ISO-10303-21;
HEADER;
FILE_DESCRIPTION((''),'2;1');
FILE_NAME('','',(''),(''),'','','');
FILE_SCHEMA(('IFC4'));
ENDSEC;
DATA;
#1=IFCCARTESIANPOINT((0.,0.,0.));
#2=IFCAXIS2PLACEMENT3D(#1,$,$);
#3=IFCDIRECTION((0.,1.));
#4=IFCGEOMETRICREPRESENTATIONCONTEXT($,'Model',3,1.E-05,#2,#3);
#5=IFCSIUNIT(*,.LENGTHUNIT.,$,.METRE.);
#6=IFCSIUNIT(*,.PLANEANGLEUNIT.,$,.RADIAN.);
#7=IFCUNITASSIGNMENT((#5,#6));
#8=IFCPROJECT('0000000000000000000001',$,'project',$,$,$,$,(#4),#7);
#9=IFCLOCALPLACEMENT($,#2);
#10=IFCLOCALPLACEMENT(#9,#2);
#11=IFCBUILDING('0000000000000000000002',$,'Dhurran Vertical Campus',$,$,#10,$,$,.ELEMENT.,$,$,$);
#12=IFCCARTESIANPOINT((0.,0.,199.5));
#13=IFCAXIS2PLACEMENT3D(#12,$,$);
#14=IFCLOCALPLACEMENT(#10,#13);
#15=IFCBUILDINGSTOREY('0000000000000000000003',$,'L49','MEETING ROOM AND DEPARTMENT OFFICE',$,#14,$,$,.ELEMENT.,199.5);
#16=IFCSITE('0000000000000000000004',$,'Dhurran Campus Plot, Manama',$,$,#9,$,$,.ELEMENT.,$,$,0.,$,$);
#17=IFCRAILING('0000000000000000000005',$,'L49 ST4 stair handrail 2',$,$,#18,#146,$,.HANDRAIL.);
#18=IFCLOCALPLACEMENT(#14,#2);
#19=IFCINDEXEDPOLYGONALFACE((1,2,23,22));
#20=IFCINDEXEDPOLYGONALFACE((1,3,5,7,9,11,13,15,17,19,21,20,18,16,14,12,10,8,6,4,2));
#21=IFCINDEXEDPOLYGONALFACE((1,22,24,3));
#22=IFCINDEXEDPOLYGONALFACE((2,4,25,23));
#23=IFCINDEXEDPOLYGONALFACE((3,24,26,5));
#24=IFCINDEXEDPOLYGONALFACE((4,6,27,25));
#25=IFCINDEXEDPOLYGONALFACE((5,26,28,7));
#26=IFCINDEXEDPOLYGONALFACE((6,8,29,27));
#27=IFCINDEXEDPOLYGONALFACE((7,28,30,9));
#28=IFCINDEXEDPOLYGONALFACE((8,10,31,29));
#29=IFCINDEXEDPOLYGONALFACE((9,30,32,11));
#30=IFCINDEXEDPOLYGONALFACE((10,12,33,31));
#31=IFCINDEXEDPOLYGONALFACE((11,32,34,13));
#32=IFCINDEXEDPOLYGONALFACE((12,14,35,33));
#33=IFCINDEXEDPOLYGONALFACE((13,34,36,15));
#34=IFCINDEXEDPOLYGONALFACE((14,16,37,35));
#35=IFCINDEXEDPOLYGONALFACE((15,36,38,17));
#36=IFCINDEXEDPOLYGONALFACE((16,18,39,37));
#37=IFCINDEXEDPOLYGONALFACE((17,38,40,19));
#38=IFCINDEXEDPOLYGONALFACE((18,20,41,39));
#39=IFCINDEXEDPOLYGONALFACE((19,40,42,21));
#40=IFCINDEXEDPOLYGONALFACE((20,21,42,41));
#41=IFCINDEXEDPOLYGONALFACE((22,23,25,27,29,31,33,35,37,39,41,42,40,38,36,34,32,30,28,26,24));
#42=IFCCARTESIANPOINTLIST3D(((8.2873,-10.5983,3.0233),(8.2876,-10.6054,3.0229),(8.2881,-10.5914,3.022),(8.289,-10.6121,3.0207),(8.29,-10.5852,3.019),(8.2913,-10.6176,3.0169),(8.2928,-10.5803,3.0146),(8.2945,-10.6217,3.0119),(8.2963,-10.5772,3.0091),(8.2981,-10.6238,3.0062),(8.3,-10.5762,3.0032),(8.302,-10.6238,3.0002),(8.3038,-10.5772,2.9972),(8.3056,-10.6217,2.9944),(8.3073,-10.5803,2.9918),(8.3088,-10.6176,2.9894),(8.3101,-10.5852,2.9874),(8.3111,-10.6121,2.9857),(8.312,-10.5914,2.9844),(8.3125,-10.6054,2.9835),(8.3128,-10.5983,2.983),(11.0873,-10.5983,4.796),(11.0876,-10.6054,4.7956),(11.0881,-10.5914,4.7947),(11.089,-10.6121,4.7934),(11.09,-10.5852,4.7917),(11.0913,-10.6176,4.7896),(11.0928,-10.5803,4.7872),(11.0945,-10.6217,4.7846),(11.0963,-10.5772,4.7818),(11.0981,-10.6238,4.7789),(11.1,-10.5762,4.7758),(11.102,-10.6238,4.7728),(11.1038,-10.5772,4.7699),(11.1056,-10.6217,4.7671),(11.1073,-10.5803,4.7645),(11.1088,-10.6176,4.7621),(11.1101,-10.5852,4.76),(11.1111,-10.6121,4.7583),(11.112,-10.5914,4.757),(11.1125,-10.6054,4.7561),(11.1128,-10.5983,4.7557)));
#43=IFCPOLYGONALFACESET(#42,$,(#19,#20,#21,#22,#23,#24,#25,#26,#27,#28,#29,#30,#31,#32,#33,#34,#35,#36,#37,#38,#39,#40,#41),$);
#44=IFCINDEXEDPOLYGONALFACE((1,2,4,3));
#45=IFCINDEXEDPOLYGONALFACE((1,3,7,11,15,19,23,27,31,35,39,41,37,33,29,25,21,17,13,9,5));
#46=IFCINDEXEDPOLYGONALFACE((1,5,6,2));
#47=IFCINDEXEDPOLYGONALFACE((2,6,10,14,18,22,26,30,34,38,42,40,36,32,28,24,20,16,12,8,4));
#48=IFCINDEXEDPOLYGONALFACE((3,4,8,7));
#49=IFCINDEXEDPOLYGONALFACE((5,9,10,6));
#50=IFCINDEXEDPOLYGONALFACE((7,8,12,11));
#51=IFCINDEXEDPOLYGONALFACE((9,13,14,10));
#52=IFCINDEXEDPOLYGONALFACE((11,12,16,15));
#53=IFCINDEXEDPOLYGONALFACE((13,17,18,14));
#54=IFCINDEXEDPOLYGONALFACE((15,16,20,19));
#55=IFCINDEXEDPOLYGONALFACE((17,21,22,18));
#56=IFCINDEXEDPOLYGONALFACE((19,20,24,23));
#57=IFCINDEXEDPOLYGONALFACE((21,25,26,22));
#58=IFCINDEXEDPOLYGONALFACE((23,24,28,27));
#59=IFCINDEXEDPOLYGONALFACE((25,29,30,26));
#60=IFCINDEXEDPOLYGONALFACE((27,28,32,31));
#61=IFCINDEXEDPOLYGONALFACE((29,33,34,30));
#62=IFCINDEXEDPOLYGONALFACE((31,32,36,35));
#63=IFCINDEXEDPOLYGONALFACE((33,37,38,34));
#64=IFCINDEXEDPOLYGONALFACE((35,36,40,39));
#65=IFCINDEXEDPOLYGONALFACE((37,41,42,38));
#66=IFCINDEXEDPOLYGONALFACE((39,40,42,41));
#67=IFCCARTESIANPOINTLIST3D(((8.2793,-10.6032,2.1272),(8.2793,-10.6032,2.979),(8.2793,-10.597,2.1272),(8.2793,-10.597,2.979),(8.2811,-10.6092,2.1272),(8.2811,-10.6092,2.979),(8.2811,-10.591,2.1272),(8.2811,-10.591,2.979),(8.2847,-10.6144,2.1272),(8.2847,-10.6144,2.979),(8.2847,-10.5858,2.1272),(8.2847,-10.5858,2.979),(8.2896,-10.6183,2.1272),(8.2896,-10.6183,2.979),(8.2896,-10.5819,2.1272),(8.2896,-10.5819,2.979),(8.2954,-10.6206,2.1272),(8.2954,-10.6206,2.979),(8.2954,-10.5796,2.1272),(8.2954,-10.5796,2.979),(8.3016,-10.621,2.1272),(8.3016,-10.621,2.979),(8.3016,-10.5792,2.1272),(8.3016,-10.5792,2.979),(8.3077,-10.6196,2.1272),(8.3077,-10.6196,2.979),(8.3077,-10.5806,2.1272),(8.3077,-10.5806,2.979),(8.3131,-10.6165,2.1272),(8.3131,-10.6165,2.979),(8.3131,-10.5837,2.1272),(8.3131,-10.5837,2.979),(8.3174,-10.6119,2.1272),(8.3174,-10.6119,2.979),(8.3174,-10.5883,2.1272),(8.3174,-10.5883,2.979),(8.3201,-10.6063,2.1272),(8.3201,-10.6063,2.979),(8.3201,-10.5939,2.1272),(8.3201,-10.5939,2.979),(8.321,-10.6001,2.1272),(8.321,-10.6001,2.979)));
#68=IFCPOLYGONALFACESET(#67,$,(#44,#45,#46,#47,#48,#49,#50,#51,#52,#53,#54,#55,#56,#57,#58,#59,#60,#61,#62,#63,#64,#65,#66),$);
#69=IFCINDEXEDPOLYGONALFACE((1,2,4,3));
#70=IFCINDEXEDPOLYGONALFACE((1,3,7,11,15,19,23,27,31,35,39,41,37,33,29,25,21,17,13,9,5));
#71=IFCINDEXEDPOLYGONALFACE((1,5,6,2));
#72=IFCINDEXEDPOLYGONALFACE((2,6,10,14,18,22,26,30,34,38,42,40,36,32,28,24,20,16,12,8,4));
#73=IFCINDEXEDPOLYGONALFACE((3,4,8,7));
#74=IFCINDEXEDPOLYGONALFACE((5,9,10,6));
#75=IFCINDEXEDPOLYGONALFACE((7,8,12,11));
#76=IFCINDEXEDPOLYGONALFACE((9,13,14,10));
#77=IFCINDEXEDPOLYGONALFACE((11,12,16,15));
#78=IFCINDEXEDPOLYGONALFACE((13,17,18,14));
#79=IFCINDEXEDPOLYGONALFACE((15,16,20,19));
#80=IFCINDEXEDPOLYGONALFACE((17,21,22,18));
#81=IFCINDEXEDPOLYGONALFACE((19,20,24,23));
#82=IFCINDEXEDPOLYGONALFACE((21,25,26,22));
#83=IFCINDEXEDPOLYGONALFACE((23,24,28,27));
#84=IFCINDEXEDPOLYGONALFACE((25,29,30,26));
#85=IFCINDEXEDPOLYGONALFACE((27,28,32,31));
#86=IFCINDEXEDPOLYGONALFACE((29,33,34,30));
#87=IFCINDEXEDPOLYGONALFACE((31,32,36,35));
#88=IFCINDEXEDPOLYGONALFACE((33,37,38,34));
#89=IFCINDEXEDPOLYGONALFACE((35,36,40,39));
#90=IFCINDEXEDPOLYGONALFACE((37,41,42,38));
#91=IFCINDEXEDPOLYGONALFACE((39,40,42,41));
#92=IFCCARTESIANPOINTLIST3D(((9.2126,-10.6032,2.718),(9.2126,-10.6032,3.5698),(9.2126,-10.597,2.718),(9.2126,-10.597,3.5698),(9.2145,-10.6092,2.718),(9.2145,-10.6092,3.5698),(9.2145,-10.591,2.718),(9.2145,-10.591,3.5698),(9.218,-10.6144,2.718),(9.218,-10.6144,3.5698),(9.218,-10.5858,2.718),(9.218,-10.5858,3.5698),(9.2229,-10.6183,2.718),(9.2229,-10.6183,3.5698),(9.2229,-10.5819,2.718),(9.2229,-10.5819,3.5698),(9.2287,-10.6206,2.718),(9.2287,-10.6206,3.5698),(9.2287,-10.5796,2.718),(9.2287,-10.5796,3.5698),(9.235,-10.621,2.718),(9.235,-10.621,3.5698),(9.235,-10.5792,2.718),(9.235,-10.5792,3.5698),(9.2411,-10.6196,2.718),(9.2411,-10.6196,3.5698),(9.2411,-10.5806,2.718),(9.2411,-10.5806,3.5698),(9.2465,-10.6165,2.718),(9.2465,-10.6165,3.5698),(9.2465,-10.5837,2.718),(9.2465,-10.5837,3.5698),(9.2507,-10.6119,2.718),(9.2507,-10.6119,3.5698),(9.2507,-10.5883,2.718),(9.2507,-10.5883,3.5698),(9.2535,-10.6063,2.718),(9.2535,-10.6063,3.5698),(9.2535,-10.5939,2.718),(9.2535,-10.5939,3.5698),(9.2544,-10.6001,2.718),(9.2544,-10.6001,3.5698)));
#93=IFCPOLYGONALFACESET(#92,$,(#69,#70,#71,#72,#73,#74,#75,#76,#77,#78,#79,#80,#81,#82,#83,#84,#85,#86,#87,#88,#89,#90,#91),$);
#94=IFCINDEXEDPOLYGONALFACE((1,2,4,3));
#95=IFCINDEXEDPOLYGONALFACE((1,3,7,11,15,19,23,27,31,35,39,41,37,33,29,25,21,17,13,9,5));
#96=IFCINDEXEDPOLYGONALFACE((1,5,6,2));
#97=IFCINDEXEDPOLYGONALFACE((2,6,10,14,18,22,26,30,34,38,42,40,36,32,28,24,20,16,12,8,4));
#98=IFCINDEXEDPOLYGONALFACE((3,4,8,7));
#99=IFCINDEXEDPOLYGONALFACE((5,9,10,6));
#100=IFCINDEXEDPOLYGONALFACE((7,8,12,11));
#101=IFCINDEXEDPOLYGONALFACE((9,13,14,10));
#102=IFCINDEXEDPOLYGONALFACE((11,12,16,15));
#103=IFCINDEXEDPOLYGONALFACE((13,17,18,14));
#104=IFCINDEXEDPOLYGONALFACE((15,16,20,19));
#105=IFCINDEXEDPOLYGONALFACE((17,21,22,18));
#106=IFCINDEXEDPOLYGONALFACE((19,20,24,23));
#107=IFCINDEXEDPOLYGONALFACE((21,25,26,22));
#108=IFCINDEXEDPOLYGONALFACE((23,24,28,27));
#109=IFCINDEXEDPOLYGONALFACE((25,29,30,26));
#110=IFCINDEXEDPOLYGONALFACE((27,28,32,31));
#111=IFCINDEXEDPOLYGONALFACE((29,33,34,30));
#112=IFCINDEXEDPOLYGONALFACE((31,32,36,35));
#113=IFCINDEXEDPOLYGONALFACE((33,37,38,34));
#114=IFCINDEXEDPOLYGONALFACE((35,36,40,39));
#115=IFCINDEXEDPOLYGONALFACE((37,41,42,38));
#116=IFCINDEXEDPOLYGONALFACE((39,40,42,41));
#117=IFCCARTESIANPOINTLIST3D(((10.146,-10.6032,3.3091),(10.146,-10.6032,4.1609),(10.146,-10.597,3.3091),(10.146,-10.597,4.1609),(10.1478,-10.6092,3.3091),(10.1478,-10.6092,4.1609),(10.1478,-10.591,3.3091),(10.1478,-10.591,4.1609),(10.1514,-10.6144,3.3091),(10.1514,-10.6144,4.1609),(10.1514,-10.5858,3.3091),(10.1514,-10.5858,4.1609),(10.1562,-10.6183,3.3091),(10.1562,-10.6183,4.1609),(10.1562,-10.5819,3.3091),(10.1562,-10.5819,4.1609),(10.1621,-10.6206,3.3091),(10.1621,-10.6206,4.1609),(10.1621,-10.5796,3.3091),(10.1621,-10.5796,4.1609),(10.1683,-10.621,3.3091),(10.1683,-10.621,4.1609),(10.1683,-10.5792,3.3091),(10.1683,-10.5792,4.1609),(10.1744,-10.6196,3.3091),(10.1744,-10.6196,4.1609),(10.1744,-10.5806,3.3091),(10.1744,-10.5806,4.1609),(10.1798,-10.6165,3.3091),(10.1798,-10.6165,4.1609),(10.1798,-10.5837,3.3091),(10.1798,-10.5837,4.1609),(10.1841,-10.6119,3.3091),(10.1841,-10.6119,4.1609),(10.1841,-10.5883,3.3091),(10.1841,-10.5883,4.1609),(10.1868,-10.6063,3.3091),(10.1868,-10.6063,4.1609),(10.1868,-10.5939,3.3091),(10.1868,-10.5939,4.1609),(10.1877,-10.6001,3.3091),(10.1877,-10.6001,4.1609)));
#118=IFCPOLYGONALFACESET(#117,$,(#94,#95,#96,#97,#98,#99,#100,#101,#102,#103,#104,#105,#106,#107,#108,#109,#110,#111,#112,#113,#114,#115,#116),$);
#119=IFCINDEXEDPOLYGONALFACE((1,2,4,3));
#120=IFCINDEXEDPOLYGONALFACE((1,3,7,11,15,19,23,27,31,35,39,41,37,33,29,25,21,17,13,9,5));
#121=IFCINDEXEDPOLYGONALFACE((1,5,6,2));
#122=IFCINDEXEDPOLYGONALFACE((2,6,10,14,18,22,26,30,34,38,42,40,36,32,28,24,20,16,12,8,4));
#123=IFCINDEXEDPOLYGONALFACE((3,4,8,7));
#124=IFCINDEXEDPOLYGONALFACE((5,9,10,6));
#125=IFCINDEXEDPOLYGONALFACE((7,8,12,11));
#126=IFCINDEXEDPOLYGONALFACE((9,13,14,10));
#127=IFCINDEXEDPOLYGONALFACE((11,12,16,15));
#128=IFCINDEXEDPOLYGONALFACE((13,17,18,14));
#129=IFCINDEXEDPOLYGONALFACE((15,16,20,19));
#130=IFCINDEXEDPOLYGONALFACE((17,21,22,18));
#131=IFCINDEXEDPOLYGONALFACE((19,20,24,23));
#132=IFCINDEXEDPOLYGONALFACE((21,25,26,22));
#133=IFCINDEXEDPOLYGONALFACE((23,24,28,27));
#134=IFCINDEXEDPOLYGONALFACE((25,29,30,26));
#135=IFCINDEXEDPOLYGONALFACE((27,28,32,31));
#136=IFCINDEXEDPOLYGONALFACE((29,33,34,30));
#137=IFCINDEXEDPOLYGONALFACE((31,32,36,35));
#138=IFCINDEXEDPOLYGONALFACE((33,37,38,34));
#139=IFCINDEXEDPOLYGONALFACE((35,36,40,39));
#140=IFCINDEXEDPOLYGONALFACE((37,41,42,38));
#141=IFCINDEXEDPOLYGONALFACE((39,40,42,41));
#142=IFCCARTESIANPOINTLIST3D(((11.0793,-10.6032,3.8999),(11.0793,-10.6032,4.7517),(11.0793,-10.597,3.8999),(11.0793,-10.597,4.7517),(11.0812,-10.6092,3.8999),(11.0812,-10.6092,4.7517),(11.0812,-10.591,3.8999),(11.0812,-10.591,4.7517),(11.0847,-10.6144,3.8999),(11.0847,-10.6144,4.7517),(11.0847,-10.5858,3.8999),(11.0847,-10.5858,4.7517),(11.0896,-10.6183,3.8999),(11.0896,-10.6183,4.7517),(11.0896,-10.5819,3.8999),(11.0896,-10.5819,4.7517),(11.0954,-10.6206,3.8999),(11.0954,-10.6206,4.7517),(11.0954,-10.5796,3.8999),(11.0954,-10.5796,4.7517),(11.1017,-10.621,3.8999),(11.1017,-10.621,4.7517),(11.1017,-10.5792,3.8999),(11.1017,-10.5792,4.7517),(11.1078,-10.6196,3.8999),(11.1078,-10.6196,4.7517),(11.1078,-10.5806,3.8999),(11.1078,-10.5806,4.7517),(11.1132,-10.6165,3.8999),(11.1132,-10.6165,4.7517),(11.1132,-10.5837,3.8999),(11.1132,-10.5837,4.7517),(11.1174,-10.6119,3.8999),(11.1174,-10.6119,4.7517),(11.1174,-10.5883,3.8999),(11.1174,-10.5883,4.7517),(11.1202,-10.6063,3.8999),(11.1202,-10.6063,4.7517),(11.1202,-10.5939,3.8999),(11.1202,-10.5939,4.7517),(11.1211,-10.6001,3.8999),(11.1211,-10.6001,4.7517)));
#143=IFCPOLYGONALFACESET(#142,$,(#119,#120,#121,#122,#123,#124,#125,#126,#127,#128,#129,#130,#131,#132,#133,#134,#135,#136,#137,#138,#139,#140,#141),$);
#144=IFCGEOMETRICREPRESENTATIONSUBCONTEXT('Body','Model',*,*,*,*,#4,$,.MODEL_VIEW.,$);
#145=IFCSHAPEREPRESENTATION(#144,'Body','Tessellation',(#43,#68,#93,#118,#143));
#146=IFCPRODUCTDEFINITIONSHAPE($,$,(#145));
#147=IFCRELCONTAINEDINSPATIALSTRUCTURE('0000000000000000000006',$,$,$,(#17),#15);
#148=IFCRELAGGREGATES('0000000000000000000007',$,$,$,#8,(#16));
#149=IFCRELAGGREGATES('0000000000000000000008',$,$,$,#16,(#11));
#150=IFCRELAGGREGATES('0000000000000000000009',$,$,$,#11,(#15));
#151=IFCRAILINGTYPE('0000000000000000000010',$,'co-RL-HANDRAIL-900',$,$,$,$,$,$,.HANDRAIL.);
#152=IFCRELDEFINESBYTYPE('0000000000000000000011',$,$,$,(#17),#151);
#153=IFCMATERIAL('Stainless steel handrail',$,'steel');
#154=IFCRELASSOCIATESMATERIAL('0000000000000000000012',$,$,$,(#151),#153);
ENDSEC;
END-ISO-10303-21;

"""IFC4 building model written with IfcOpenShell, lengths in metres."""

from ifc_helpers import new_model, si_unit, direction, frame, origin, origin_2d, place, context, subcontext, project, spatial, circle, extrude, material, type_object, element, save


model = new_model("IFC4")

# Units and contexts
model_context = context("Model", 3, precision=1e-05, world=origin(), true_north=direction((0.0, 1.0)))
body_context = subcontext(model_context, "Body", "Model", "MODEL_VIEW")
ifc_project = project(units=[si_unit("LENGTHUNIT", "METRE"), si_unit("PLANEANGLEUNIT", "RADIAN")], contexts=[model_context])

# Site, building, storey
site_placement = place(None, origin())
site = spatial("IfcSite", under=ifc_project, at=site_placement, Name="Dhurran Campus Plot, Manama", CompositionType="ELEMENT", RefElevation=0.0)
building_placement = place(site_placement, origin())
building = spatial("IfcBuilding", under=site, at=building_placement, Name="Dhurran Vertical Campus", CompositionType="ELEMENT")
storey_placement = place(building_placement, frame((0.0, 0.0, 199.5)))
storey = spatial("IfcBuildingStorey", under=building, at=storey_placement, Name="L49", Description="MEETING ROOM AND DEPARTMENT OFFICE", CompositionType="ELEMENT", Elevation=199.5)

# Railing
ifc_material_1 = material(Name="Stainless steel handrail", Category="steel")
railing_type_1 = type_object("IfcRailingType", Name="co-RL-HANDRAIL-900", PredefinedType="HANDRAIL", material=ifc_material_1)
railing_1_placement = place(storey_placement, frame((8.3, -10.6001, 2.1272)))
element("IfcRailing", 1, at=railing_1_placement, inside=storey, type_object=railing_type_1, Name="L49 ST4 stair handrail 2", PredefinedType="HANDRAIL", context=body_context, shape_type="SweptSolid", body=[
    extrude(circle(Radius=0.0239, at=origin_2d()), frame((0.0, 0.0, 0.876), z_axis=(0.844909, 0.0, 0.53491), x_axis=(0.0, 1.0, 0.0)), (0.0, 0.0, 1.0), 3.314),
    extrude(circle(Radius=0.021, at=origin_2d()), origin(), (0.0, 0.0, 1.0), 0.8518),
    extrude(circle(Radius=0.021, at=origin_2d()), frame((0.9333, 0.0, 0.5908)), (0.0, 0.0, 1.0), 0.8518),
    extrude(circle(Radius=0.021, at=origin_2d()), frame((1.8667, 0.0, 1.1819)), (0.0, 0.0, 1.0), 0.8518),
    extrude(circle(Radius=0.021, at=origin_2d()), frame((2.8, 0.0, 1.7727)), (0.0, 0.0, 1.0), 0.8518),
])

save(model, "model.ifc")
